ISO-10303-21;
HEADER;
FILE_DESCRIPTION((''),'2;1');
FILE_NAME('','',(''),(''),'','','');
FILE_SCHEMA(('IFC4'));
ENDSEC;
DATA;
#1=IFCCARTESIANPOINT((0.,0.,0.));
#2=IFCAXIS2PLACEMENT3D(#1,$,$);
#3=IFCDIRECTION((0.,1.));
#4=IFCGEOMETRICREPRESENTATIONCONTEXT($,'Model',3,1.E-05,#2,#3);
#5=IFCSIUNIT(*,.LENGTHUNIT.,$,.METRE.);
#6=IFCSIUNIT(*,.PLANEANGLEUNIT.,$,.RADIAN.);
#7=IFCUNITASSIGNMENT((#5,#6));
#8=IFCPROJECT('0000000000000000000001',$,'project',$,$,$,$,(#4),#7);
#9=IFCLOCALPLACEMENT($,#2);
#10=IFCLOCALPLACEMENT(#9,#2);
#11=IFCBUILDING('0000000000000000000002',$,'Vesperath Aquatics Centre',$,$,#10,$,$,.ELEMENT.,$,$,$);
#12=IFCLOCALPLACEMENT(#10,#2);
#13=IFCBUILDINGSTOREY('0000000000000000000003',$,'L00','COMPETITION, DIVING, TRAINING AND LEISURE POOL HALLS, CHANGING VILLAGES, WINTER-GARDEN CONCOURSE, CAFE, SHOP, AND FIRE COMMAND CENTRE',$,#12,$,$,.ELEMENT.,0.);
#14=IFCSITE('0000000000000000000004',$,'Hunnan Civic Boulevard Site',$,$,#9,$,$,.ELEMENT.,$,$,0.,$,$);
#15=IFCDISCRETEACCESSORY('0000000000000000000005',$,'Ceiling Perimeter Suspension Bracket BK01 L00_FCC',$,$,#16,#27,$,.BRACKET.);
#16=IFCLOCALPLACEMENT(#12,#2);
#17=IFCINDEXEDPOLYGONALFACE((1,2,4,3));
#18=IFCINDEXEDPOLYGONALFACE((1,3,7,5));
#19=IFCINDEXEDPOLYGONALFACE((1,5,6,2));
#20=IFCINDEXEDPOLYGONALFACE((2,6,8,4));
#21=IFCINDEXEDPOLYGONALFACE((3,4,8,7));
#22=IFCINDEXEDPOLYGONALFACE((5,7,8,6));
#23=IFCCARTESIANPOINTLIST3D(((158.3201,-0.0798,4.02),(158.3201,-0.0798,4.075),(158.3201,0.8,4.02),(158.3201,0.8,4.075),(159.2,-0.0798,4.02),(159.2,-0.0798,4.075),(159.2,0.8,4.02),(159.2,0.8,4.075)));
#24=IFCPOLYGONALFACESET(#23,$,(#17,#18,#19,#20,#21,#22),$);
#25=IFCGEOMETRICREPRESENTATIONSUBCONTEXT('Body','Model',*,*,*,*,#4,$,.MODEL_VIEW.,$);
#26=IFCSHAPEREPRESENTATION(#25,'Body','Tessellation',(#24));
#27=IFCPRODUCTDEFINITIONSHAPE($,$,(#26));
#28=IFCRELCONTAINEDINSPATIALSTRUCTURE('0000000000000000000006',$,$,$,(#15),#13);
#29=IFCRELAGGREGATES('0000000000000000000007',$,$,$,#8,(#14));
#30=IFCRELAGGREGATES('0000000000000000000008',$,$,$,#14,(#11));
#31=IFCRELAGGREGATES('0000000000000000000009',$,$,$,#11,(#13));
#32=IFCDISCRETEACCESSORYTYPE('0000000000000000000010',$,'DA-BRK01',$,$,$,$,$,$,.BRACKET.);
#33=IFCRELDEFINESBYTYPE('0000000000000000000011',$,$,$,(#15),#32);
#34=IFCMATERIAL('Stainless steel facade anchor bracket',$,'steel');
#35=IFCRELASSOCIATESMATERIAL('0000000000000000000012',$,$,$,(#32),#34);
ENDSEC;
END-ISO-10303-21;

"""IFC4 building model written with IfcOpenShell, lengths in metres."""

from ifc_helpers import new_model, si_unit, direction, frame, origin, origin_2d, place, context, subcontext, project, spatial, rectangle, extrude, material, type_object, element, save


model = new_model("IFC4")

# Units and contexts
model_context = context("Model", 3, precision=1e-05, world=origin(), true_north=direction((0.0, 1.0)))
body_context = subcontext(model_context, "Body", "Model", "MODEL_VIEW")
ifc_project = project(units=[si_unit("LENGTHUNIT", "METRE"), si_unit("PLANEANGLEUNIT", "RADIAN")], contexts=[model_context])

# Site, building, storey
site_placement = place(None, origin())
site = spatial("IfcSite", under=ifc_project, at=site_placement, Name="Hunnan Civic Boulevard Site", CompositionType="ELEMENT", RefElevation=0.0)
building_placement = place(site_placement, origin())
building = spatial("IfcBuilding", under=site, at=building_placement, Name="Vesperath Aquatics Centre", CompositionType="ELEMENT")
storey_placement = place(building_placement, origin())
storey = spatial("IfcBuildingStorey", under=building, at=storey_placement, Name="L00", Description="COMPETITION, DIVING, TRAINING AND LEISURE POOL HALLS, CHANGING VILLAGES, WINTER-GARDEN CONCOURSE, CAFE, SHOP, AND FIRE COMMAND CENTRE", CompositionType="ELEMENT", Elevation=0.0)

# Discrete accessory
ifc_material_1 = material(Name="Stainless steel facade anchor bracket", Category="steel")
discrete_accessory_type = type_object("IfcDiscreteAccessoryType", Name="DA-BRK01", PredefinedType="BRACKET", material=ifc_material_1)
discrete_accessory_placement = place(storey_placement, frame((158.76, 0.3601, 4.02), z_axis=(0.0, 0.0, 1.0), x_axis=(1.0, 0.0, 0.0)))
element("IfcDiscreteAccessory", 1, at=discrete_accessory_placement, inside=storey, type_object=discrete_accessory_type, Name="Ceiling Perimeter Suspension Bracket BK01 L00_FCC", PredefinedType="BRACKET", context=body_context, shape_type="SweptSolid", body=[
    extrude(rectangle(XDim=0.8799, YDim=0.8799, at=origin_2d()), origin(), (0.0, 0.0, 1.0), 0.0549),
])

save(model, "model.ifc")
